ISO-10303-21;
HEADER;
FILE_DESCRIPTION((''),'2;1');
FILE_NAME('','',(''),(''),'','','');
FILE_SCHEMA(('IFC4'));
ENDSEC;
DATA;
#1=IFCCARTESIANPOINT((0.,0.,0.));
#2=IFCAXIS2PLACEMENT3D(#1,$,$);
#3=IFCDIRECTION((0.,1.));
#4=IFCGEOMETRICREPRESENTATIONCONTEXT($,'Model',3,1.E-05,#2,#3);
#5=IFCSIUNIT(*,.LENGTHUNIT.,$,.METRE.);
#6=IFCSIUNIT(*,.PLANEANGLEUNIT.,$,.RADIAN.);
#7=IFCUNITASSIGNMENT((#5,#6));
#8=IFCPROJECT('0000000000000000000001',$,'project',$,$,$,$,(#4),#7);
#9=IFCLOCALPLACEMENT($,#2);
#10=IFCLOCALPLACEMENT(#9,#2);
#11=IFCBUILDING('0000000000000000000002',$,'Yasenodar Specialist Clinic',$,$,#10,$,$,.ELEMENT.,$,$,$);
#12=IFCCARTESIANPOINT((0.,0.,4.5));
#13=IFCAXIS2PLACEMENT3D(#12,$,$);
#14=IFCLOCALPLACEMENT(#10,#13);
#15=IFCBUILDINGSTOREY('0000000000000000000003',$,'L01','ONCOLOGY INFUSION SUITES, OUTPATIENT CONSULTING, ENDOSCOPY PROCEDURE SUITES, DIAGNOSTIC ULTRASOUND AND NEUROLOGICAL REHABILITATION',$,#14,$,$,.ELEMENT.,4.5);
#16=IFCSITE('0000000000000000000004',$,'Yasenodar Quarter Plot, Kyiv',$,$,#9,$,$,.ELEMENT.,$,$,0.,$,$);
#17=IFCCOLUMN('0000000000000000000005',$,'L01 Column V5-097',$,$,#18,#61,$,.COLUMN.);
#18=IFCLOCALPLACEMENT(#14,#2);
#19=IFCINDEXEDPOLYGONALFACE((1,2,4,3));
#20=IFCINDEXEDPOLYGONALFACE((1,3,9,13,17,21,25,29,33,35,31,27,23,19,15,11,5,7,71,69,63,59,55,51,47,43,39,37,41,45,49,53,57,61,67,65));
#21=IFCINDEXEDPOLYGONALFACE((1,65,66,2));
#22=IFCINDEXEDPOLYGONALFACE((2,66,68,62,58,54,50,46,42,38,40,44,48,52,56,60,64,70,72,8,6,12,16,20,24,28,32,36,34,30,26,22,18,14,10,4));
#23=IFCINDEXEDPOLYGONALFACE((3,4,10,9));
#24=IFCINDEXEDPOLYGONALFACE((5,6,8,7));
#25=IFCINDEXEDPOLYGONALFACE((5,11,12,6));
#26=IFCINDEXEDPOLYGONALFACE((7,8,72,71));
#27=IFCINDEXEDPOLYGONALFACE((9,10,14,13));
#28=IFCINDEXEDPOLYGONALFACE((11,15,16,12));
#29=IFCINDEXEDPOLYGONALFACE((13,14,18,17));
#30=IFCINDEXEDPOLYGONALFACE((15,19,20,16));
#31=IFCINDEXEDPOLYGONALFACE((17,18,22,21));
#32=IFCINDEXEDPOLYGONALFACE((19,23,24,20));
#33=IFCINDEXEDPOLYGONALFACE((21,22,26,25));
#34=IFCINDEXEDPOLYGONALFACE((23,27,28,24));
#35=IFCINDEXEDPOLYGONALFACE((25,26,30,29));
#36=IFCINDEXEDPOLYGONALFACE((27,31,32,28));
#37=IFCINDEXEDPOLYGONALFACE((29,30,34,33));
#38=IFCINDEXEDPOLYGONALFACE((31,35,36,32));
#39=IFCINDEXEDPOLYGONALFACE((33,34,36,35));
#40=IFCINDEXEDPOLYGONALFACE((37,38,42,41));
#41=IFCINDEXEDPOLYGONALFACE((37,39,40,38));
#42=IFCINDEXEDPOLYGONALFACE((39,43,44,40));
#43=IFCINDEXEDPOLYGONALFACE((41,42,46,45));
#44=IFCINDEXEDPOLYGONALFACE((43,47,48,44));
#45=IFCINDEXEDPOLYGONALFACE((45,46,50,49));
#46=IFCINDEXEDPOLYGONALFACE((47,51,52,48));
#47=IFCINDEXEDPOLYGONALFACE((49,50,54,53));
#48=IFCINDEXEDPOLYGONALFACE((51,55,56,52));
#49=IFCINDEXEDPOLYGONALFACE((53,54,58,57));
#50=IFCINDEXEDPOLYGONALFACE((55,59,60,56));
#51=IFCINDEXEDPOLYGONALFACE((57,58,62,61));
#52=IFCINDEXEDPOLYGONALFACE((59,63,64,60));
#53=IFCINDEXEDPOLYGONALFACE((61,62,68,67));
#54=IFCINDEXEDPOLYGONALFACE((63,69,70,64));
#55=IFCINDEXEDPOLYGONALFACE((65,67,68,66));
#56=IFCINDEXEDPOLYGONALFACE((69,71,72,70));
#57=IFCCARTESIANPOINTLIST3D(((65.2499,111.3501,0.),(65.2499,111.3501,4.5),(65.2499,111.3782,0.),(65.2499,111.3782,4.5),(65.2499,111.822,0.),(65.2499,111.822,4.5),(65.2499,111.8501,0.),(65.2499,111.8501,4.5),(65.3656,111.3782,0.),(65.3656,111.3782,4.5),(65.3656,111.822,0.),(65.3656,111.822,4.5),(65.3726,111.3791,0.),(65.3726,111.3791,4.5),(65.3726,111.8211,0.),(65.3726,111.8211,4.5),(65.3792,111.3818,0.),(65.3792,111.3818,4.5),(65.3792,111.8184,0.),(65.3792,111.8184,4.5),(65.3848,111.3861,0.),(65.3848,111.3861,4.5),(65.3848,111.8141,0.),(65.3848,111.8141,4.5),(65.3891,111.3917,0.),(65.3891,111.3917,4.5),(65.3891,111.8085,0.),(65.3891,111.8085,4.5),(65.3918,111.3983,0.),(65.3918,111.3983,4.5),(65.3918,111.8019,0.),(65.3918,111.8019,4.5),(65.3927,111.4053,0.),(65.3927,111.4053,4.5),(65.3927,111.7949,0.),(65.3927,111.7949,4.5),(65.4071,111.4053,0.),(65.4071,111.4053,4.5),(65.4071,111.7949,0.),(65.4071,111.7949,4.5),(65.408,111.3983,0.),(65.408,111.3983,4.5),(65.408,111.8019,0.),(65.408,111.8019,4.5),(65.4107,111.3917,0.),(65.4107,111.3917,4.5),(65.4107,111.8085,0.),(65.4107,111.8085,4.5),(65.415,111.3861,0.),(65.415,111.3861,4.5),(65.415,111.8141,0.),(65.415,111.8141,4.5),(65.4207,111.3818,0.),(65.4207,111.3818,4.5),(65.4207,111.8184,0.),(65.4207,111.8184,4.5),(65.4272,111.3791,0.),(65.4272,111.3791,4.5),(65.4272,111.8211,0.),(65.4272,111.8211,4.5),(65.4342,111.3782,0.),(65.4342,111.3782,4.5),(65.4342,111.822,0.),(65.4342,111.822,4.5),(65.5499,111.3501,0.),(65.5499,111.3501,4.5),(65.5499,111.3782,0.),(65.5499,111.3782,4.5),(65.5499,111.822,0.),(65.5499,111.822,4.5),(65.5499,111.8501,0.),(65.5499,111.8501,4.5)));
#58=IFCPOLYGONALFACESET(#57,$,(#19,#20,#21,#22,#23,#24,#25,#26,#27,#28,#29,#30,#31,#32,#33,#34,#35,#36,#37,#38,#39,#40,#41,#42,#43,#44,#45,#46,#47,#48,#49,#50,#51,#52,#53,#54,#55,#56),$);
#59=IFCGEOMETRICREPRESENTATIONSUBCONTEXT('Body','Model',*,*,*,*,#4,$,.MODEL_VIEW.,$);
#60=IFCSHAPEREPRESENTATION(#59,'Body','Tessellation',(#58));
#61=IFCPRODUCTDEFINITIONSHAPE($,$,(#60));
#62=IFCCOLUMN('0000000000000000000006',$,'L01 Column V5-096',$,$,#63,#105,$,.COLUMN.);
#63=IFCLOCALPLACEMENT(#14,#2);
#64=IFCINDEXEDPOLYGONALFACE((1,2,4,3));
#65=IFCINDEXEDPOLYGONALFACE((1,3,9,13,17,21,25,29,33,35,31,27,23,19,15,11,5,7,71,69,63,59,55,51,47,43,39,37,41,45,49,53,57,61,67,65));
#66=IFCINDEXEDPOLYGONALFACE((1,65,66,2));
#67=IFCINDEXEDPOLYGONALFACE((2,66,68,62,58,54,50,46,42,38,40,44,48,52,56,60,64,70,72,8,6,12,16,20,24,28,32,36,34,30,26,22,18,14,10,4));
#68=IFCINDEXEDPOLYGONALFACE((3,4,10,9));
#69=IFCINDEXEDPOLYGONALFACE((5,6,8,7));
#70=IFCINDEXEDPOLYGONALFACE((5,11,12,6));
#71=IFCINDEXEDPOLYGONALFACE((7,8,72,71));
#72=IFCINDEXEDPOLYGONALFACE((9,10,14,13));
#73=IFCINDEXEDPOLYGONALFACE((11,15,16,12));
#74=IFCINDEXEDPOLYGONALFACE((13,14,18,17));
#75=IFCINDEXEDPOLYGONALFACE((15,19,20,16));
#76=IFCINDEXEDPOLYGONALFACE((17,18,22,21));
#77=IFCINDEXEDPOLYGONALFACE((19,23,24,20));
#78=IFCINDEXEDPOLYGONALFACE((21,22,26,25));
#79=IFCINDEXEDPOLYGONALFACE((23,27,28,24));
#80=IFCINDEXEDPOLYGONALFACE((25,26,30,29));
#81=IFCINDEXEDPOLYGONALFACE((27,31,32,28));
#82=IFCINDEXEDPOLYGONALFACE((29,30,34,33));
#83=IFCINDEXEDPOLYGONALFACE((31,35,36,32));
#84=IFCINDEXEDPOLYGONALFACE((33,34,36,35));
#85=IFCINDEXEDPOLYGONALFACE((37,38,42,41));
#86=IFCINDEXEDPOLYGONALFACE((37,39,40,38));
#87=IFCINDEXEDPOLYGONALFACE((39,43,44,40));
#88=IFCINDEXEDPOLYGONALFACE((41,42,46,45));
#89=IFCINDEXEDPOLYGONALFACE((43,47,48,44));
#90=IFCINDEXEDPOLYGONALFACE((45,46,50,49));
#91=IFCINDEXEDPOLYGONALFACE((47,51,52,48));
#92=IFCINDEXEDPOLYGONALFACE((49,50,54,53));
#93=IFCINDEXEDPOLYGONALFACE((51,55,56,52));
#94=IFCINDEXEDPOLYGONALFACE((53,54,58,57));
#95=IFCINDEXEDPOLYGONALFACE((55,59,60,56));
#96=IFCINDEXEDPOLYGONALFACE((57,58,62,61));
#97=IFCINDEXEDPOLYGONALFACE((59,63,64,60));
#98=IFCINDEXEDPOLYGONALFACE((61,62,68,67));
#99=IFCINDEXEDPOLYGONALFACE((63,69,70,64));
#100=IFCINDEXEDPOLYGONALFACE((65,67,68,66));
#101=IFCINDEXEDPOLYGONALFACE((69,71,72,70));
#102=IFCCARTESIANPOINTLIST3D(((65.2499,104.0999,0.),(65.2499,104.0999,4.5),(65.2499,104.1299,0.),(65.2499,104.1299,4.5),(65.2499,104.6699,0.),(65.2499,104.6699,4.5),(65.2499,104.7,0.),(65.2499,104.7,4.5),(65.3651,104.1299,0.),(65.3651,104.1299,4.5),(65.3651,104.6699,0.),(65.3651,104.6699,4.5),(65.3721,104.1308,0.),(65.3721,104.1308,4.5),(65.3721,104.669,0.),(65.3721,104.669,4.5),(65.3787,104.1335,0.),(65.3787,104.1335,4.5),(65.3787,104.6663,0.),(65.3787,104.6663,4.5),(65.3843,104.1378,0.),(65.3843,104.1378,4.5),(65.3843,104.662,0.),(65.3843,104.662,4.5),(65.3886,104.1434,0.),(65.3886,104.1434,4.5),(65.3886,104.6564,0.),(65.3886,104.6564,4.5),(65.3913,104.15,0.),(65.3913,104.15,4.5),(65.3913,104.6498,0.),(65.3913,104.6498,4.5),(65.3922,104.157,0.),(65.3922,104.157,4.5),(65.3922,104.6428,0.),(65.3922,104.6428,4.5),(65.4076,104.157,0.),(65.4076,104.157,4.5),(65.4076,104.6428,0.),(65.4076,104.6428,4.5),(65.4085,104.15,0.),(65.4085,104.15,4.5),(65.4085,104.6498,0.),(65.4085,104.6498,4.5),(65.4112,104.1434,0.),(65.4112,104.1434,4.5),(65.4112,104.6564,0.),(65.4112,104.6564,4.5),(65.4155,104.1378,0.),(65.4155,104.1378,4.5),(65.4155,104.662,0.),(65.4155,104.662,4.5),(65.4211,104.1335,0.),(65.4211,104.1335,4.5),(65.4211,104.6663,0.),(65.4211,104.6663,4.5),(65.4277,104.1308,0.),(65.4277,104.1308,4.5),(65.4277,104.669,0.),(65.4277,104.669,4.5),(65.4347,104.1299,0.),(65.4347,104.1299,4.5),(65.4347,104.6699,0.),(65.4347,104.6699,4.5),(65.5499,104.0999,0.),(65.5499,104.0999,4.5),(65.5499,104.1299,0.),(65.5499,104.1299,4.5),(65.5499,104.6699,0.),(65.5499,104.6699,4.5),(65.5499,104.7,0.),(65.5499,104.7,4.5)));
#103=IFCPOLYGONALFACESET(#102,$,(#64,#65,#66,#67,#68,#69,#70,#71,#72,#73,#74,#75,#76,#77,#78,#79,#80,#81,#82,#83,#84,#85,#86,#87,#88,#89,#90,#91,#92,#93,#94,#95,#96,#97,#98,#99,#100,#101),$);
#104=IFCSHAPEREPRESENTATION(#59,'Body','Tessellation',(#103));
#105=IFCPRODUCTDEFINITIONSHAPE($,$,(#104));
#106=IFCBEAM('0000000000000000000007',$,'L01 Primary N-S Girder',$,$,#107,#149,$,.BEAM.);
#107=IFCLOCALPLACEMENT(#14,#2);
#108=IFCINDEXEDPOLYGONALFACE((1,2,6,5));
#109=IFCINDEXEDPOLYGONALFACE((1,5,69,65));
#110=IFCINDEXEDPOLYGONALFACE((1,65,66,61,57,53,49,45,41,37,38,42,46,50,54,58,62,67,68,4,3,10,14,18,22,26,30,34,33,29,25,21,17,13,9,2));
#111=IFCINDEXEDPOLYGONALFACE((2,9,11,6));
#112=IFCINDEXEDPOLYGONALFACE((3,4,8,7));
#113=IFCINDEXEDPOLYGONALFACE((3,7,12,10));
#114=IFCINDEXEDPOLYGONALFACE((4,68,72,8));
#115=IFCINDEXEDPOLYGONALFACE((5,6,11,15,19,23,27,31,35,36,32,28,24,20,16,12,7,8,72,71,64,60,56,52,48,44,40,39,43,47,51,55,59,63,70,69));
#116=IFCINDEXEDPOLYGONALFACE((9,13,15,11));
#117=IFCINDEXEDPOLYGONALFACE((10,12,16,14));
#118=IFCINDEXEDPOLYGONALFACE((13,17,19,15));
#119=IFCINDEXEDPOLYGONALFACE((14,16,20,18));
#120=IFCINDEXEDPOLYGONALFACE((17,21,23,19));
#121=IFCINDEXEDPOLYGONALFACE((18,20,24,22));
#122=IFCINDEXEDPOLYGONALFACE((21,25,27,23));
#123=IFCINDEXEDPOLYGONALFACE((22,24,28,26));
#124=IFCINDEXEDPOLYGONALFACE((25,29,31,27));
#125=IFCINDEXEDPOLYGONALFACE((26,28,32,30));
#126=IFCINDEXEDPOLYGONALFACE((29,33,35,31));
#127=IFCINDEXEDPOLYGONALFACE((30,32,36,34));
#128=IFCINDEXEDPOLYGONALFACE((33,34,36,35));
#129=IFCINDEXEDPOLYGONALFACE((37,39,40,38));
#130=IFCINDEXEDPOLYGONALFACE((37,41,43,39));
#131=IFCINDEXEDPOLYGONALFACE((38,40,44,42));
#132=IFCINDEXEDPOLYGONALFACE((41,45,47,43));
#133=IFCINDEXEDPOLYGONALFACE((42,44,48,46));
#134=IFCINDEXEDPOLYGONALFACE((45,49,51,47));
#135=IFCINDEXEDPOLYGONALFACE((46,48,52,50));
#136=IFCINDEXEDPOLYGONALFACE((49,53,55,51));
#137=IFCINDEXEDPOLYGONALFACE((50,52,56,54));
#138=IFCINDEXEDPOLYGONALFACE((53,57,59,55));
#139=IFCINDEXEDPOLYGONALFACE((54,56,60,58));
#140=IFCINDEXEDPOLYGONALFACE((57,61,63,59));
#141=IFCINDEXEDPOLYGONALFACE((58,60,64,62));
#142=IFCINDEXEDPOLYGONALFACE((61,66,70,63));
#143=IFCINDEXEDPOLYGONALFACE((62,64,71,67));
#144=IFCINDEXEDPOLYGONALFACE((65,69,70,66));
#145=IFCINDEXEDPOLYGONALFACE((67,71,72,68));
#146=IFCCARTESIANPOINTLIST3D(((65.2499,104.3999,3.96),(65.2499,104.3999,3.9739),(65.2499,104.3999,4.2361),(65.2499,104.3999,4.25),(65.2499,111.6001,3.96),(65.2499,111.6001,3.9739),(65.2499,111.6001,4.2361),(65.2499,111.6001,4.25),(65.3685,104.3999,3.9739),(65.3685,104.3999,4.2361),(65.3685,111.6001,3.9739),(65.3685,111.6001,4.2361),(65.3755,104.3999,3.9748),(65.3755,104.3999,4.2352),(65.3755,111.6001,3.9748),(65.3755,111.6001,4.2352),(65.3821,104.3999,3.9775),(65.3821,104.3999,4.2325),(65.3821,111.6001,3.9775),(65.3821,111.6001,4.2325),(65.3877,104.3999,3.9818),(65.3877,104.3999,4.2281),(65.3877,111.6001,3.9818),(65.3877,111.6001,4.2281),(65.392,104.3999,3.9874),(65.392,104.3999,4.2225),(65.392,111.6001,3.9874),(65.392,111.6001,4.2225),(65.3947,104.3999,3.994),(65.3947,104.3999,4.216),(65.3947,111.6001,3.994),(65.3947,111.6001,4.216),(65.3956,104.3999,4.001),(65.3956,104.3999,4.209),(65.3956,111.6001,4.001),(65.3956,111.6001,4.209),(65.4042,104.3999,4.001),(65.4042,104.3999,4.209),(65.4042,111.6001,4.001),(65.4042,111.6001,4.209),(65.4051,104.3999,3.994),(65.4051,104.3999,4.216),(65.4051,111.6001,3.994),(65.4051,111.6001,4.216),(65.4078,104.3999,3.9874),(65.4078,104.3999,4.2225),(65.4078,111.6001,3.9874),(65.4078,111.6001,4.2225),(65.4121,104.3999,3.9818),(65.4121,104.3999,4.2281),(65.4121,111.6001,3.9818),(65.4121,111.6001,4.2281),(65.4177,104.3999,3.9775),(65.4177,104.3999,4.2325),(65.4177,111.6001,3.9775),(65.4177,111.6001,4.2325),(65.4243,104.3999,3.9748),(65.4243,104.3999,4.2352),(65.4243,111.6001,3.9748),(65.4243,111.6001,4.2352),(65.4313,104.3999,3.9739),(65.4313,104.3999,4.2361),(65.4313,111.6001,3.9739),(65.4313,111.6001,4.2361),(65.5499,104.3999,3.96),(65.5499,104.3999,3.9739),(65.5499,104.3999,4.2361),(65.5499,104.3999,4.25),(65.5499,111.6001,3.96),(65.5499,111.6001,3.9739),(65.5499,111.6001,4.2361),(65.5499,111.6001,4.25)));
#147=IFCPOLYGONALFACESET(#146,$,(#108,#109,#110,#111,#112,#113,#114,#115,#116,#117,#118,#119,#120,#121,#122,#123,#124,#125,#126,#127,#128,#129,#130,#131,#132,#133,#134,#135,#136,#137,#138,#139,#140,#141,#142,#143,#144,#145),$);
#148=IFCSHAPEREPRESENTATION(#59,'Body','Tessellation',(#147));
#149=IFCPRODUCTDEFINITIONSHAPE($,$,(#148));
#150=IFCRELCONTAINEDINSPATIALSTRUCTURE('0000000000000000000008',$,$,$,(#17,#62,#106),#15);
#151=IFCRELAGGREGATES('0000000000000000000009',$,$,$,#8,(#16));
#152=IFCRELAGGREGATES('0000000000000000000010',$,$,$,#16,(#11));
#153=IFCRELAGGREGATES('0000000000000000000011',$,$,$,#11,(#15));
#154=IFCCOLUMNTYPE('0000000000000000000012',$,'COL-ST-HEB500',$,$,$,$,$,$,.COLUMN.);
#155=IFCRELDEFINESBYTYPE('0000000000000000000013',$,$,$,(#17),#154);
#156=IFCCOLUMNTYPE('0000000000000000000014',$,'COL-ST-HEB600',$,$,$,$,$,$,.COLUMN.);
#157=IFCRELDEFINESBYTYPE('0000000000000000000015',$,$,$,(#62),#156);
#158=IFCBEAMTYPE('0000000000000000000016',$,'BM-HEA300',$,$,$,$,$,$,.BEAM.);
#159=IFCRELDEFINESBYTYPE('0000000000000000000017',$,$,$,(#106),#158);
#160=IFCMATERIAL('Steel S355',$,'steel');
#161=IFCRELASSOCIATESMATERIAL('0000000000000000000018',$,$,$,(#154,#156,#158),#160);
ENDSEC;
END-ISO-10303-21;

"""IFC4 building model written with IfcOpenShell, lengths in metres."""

from ifc_helpers import new_model, si_unit, direction, frame, origin, origin_2d, place, context, subcontext, project, spatial, i_section, extrude, material, material_profile, profile_set, type_object, element, save


model = new_model("IFC4")

# Units and contexts
model_context = context("Model", 3, precision=1e-05, world=origin(), true_north=direction((0.0, 1.0)))
body_context = subcontext(model_context, "Body", "Model", "MODEL_VIEW")
ifc_project = project(units=[si_unit("LENGTHUNIT", "METRE"), si_unit("PLANEANGLEUNIT", "RADIAN")], contexts=[model_context])

# Site, building, storey
site_placement = place(None, origin())
site = spatial("IfcSite", under=ifc_project, at=site_placement, Name="Yasenodar Quarter Plot, Kyiv", CompositionType="ELEMENT", RefElevation=0.0)
building_placement = place(site_placement, origin())
building = spatial("IfcBuilding", under=site, at=building_placement, Name="Yasenodar Specialist Clinic", CompositionType="ELEMENT")
storey_placement = place(building_placement, frame((0.0, 0.0, 4.5)))
storey = spatial("IfcBuildingStorey", under=building, at=storey_placement, Name="L01", Description="ONCOLOGY INFUSION SUITES, OUTPATIENT CONSULTING, ENDOSCOPY PROCEDURE SUITES, DIAGNOSTIC ULTRASOUND AND NEUROLOGICAL REHABILITATION", CompositionType="ELEMENT", Elevation=4.5)

# Columns
ifc_material_1 = material(Name="Steel S355", Category="steel")
ifc_material_profile_1 = material_profile(ifc_material_1, i_section(OverallWidth=0.3, OverallDepth=0.5, WebThickness=0.0144, FlangeThickness=0.0281, FilletRadius=0.0271, at=origin_2d()), Name="HEB 500")
ifc_profile_set_1 = profile_set([ifc_material_profile_1], Name="Steel S355")
column_type_1 = type_object("IfcColumnType", Name="COL-ST-HEB500", PredefinedType="COLUMN", material=ifc_profile_set_1)
column_1_placement = place(storey_placement, frame((65.3999, 111.6001, 0.0), z_axis=(0.0, 0.0, 1.0), x_axis=(1.0, 0.0, 0.0)))
element("IfcColumn", 1, at=column_1_placement, inside=storey, type_object=column_type_1, Name="L01 Column V5-097", PredefinedType="COLUMN", context=body_context, shape_type="SweptSolid", body=[
    extrude(i_section(OverallWidth=0.3, OverallDepth=0.5, WebThickness=0.0144, FlangeThickness=0.0281, FilletRadius=0.0271, at=origin_2d()), origin(), (0.0, 0.0, 1.0), 4.5),
])
ifc_material_profile_2 = material_profile(ifc_material_1, i_section(OverallWidth=0.3, OverallDepth=0.6001, WebThickness=0.0154, FlangeThickness=0.03, FilletRadius=0.0271, at=origin_2d()), Name="HEB 600")
ifc_profile_set_2 = profile_set([ifc_material_profile_2], Name="Steel S355")
column_type_2 = type_object("IfcColumnType", Name="COL-ST-HEB600", PredefinedType="COLUMN", material=ifc_profile_set_2)
column_2_placement = place(storey_placement, frame((65.3999, 104.3999, 0.0), z_axis=(0.0, 0.0, 1.0), x_axis=(1.0, 0.0, 0.0)))
element("IfcColumn", 2, at=column_2_placement, inside=storey, type_object=column_type_2, Name="L01 Column V5-096", PredefinedType="COLUMN", context=body_context, shape_type="SweptSolid", body=[
    extrude(i_section(OverallWidth=0.3, OverallDepth=0.6001, WebThickness=0.0154, FlangeThickness=0.03, FilletRadius=0.0271, at=origin_2d()), origin(), (0.0, 0.0, 1.0), 4.5),
])

# Beam
ifc_material_profile_3 = material_profile(ifc_material_1, i_section(OverallWidth=0.3, OverallDepth=0.29, WebThickness=0.0085, FlangeThickness=0.0139, FilletRadius=0.0271, at=origin_2d()), Name="HEA 300")
ifc_profile_set_3 = profile_set([ifc_material_profile_3], Name="Steel S355")
beam_type_1 = type_object("IfcBeamType", Name="BM-HEA300", PredefinedType="BEAM", material=ifc_profile_set_3)
beam_1_placement = place(storey_placement, frame((65.3999, 104.3999, 4.105), z_axis=(0.0, 1.0, 0.0), x_axis=(-1.0, 0.0, 0.0)))
element("IfcBeam", 3, at=beam_1_placement, inside=storey, type_object=beam_type_1, Name="L01 Primary N-S Girder", PredefinedType="BEAM", context=body_context, shape_type="SweptSolid", body=[
    extrude(i_section(OverallWidth=0.3, OverallDepth=0.29, WebThickness=0.0085, FlangeThickness=0.0139, FilletRadius=0.0271, at=origin_2d()), origin(), (0.0, 0.0, 1.0), 7.2002),
])

save(model, "model.ifc")
